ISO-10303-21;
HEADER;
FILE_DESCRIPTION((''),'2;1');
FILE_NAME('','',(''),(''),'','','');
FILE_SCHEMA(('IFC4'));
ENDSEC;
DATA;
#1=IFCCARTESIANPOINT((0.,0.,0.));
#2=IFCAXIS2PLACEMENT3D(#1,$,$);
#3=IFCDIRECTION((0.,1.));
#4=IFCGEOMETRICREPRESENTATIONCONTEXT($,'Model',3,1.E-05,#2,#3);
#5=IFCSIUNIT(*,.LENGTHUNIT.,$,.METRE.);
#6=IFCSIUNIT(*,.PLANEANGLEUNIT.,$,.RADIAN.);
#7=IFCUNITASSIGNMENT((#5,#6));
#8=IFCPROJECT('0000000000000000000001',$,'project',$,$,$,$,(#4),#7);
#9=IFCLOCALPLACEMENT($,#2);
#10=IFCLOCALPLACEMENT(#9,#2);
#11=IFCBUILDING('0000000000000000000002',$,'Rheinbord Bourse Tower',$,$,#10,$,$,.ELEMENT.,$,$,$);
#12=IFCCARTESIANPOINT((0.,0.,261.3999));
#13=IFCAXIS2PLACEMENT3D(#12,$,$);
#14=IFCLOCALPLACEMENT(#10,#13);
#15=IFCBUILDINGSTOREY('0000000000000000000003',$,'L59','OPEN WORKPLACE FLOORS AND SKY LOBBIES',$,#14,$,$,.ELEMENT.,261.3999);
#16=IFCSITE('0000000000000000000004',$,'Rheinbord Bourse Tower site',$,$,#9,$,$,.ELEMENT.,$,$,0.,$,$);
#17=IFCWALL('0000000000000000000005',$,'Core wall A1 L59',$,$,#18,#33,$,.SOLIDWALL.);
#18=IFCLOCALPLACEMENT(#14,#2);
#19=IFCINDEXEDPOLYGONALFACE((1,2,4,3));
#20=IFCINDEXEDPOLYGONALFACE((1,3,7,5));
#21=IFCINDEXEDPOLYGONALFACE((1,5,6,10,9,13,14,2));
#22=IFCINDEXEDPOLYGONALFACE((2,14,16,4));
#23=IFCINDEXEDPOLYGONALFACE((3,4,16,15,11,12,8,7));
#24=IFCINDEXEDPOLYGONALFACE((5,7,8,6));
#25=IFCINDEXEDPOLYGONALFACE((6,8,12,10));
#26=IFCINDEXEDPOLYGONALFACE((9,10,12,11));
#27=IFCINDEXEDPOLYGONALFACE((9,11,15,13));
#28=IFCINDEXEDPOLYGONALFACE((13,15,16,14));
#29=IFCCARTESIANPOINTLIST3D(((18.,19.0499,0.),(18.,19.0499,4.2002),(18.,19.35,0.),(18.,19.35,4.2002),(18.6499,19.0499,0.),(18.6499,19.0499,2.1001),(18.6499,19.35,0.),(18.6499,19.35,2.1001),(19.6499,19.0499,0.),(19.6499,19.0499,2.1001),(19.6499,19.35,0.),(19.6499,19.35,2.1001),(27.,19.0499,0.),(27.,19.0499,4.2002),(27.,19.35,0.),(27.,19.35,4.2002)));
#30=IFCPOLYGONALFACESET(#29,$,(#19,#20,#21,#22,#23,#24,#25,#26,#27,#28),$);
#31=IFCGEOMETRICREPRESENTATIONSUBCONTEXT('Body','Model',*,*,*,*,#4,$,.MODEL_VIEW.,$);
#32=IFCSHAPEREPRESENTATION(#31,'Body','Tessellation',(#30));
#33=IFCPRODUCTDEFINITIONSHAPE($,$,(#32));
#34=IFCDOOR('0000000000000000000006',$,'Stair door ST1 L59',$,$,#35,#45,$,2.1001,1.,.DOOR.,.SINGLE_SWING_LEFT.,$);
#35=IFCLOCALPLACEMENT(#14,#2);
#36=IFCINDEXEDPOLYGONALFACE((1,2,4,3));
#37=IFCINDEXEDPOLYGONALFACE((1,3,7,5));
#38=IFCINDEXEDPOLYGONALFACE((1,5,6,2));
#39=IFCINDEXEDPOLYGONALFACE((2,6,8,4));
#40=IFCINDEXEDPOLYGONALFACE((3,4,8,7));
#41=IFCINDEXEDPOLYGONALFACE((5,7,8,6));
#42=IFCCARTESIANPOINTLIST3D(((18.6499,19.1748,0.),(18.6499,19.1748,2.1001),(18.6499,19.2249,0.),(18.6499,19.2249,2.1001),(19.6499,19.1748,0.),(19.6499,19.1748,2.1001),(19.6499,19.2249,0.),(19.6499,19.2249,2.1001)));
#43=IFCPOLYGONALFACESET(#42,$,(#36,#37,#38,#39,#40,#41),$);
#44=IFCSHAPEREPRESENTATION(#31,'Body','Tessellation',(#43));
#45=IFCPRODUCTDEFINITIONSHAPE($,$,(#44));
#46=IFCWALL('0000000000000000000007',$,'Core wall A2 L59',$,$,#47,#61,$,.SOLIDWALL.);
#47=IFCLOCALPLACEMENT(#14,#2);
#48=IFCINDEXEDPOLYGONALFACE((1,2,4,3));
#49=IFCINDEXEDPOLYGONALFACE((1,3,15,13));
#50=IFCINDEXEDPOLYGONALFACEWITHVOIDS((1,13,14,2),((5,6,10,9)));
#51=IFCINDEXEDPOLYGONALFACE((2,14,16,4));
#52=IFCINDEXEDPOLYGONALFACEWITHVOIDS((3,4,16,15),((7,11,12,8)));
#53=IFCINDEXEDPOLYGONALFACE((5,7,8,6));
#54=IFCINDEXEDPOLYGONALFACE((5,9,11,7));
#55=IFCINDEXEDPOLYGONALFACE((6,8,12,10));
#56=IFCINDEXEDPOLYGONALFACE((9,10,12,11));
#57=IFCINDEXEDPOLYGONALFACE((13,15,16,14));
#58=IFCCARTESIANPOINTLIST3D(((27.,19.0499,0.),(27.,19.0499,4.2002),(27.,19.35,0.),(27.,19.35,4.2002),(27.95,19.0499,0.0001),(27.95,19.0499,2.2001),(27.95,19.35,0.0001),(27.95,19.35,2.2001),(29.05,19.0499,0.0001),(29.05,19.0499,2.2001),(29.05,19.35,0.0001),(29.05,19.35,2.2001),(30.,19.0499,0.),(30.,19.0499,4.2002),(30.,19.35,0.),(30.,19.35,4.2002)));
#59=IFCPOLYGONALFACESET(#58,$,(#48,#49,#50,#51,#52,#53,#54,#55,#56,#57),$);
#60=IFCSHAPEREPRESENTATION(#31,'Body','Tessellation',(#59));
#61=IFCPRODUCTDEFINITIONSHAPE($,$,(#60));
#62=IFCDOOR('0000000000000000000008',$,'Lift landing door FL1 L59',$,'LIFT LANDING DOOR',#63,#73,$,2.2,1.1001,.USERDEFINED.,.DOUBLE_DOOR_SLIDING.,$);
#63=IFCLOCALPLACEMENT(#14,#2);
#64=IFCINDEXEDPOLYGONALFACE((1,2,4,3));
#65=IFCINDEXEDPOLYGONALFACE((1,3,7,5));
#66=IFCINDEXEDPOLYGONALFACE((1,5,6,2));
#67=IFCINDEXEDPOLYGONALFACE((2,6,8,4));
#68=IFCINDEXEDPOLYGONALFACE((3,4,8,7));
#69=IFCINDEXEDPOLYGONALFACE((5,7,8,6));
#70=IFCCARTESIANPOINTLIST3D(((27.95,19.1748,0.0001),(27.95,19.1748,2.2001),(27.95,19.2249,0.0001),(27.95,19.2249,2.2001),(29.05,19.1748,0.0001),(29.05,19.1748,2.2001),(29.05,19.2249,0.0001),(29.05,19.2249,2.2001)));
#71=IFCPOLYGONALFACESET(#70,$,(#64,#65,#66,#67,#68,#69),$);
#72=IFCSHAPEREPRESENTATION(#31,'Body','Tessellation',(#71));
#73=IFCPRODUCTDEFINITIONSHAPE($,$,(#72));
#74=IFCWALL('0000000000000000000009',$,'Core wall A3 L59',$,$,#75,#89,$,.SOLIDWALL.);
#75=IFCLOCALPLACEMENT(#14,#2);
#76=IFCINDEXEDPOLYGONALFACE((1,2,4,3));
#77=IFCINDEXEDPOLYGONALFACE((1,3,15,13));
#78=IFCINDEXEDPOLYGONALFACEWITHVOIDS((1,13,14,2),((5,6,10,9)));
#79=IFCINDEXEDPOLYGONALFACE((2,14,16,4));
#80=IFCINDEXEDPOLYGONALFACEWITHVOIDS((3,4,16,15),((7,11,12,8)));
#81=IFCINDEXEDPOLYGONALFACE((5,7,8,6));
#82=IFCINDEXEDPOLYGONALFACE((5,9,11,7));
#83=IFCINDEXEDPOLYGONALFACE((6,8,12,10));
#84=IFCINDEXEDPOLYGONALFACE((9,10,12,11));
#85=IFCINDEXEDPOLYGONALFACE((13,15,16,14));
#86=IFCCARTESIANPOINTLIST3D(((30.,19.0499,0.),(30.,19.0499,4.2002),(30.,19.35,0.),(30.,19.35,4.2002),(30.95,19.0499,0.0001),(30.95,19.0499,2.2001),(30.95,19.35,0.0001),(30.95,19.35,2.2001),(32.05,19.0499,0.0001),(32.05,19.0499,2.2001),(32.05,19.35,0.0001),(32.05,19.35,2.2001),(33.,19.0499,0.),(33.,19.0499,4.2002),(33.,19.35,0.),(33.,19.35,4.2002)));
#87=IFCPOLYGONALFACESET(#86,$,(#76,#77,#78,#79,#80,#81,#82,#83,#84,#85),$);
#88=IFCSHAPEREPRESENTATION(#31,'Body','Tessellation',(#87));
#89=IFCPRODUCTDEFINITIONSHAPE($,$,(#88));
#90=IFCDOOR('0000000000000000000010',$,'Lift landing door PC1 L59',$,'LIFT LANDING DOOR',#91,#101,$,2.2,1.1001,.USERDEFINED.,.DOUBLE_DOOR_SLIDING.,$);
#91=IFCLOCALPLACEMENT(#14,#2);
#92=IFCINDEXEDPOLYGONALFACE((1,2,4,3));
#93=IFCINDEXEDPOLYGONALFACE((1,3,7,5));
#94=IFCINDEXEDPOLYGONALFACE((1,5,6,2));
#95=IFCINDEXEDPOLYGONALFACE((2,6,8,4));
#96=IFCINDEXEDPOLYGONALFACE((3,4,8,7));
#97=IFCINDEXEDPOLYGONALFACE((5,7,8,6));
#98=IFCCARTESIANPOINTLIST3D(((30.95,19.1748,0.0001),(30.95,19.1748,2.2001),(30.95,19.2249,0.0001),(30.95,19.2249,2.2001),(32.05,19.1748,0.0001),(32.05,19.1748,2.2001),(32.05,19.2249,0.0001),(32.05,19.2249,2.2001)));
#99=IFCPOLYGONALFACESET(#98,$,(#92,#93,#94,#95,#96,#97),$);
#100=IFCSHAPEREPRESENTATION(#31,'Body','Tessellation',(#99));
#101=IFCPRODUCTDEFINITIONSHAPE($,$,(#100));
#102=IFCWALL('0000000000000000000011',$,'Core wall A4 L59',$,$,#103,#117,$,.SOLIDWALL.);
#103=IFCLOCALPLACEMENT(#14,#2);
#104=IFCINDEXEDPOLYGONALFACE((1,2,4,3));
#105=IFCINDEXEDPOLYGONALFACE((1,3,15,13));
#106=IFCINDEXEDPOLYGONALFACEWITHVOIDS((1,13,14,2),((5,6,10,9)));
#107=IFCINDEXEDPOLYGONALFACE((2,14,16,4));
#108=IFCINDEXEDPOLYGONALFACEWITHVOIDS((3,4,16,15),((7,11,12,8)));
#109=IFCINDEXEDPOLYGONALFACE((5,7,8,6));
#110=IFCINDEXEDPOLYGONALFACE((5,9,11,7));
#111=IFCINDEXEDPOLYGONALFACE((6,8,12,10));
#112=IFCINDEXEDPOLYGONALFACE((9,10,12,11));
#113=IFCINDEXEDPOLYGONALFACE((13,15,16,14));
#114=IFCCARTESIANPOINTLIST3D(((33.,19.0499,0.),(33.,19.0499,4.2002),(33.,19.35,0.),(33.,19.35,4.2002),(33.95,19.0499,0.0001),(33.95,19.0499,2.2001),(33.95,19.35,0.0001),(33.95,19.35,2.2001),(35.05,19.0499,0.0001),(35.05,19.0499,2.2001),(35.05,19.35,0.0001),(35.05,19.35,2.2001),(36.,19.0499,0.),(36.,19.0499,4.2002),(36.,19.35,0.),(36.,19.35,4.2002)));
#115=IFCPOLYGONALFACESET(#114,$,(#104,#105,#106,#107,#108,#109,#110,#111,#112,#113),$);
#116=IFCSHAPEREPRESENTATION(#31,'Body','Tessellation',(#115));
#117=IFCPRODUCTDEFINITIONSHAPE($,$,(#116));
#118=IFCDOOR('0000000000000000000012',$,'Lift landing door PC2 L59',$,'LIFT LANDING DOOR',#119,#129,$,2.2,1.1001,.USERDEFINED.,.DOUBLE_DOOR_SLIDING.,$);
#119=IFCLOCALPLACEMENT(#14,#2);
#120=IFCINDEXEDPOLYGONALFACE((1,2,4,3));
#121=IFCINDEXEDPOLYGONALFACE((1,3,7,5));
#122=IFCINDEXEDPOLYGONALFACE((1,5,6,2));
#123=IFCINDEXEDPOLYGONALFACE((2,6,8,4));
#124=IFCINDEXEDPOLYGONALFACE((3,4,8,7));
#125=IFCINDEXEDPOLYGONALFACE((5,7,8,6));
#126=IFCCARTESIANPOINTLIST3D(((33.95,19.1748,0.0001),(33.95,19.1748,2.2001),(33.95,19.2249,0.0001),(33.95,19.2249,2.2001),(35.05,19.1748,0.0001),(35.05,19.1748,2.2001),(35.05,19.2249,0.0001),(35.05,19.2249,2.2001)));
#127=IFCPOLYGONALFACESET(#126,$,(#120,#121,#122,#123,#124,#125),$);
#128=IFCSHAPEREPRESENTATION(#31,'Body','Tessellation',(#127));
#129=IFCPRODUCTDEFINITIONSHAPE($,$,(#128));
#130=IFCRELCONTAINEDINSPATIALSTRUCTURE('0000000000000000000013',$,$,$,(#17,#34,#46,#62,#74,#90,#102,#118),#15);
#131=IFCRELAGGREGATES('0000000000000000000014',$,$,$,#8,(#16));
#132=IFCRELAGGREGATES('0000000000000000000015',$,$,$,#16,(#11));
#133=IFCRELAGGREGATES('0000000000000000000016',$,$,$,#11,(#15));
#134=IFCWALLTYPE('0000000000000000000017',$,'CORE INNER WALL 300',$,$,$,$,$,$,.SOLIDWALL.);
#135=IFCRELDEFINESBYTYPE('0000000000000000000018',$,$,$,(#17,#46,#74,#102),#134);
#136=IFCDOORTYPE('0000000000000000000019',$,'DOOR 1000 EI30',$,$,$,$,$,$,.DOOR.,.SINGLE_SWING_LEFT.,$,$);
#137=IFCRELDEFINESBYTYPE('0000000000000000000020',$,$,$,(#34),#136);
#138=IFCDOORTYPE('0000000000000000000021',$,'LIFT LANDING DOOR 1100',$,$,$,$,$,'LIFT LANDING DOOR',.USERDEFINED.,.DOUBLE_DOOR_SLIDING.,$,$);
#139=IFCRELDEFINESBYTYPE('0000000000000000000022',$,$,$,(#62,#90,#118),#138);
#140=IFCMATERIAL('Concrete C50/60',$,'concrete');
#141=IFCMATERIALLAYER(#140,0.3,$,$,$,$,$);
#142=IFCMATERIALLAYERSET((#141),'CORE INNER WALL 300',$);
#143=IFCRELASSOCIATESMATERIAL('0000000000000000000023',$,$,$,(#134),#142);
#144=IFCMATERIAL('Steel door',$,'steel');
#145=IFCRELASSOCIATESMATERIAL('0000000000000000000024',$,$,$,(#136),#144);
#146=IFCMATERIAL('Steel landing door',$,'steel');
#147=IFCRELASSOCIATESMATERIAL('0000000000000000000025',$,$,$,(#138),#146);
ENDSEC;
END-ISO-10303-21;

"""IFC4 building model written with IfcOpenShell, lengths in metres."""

from ifc_helpers import new_model, si_unit, direction, frame, frame_2d, origin, place, context, subcontext, project, spatial, rectangle, extrude, material, layer, layer_set, type_object, element, fill, save


model = new_model("IFC4")

# Units and contexts
model_context = context("Model", 3, precision=1e-05, world=origin(), true_north=direction((0.0, 1.0)))
body_context = subcontext(model_context, "Body", "Model", "MODEL_VIEW")
ifc_project = project(units=[si_unit("LENGTHUNIT", "METRE"), si_unit("PLANEANGLEUNIT", "RADIAN")], contexts=[model_context])

# Site, building, storey
site_placement = place(None, origin())
site = spatial("IfcSite", under=ifc_project, at=site_placement, Name="Rheinbord Bourse Tower site", CompositionType="ELEMENT", RefElevation=0.0)
building_placement = place(site_placement, origin())
building = spatial("IfcBuilding", under=site, at=building_placement, Name="Rheinbord Bourse Tower", CompositionType="ELEMENT")
storey_placement = place(building_placement, frame((0.0, 0.0, 261.3999)))
storey = spatial("IfcBuildingStorey", under=building, at=storey_placement, Name="L59", Description="OPEN WORKPLACE FLOORS AND SKY LOBBIES", CompositionType="ELEMENT", Elevation=261.3999)

# Walls, openings, doors
ifc_material_1 = material(Name="Concrete C50/60", Category="concrete")
ifc_layer_1 = layer(ifc_material_1, 0.3)
ifc_layer_set_1 = layer_set([ifc_layer_1], Name="CORE INNER WALL 300")
wall_type_1 = type_object("IfcWallType", Name="CORE INNER WALL 300", PredefinedType="SOLIDWALL", material=ifc_layer_set_1)
wall_1_placement = place(storey_placement, frame((18.0, 19.2, 0.0), z_axis=(0.0, 0.0, 1.0), x_axis=(1.0, 0.0, 0.0)))
wall_1 = element("IfcWall", 1, at=wall_1_placement, inside=storey, type_object=wall_type_1, Name="Core wall A1 L59", PredefinedType="SOLIDWALL", context=body_context, shape_type="SweptSolid", body=[
    extrude(rectangle(XDim=9.0, YDim=0.3, at=frame_2d((4.5, 0.0))), origin(), (0.0, 0.0, 1.0), 4.2002),
])
opening_1_placement = place(wall_1_placement, frame((0.6499, 0.0, 0.0)))
opening_1 = element("IfcOpeningElement", 2, at=opening_1_placement, cuts=wall_1, PredefinedType="OPENING", context=body_context, shape_type="SweptSolid", body=[
    extrude(rectangle(XDim=1.0, YDim=2.1001, at=frame_2d((0.5, 1.05))), frame((0.0, 0.1599, 0.0), z_axis=(0.0, -1.0, 0.0), x_axis=(1.0, 0.0, 0.0)), (0.0, 0.0, 1.0), 0.3201),
])
ifc_material_2 = material(Name="Steel door", Category="steel")
door_type_1 = type_object("IfcDoorType", Name="DOOR 1000 EI30", OperationType="SINGLE_SWING_LEFT", PredefinedType="DOOR", material=ifc_material_2)
door_1_placement = place(opening_1_placement, origin())
door_1 = element("IfcDoor", 3, at=door_1_placement, inside=storey, type_object=door_type_1, Name="Stair door ST1 L59", OperationType="SINGLE_SWING_LEFT", OverallHeight=2.1001, OverallWidth=1.0, PredefinedType="DOOR", context=body_context, shape_type="SweptSolid", body=[
    extrude(rectangle(XDim=1.0, YDim=2.1001, at=frame_2d((0.5, 1.05))), frame((0.0, 0.0249, 0.0), z_axis=(0.0, -1.0, 0.0), x_axis=(1.0, 0.0, 0.0)), (0.0, 0.0, 1.0), 0.05),
])
fill(opening_1, door_1)
wall_2_placement = place(storey_placement, frame((27.0, 19.2, 0.0), z_axis=(0.0, 0.0, 1.0), x_axis=(1.0, 0.0, 0.0)))
wall_2 = element("IfcWall", 4, at=wall_2_placement, inside=storey, type_object=wall_type_1, Name="Core wall A2 L59", PredefinedType="SOLIDWALL", context=body_context, shape_type="SweptSolid", body=[
    extrude(rectangle(XDim=3.0, YDim=0.3, at=frame_2d((1.5, 0.0))), origin(), (0.0, 0.0, 1.0), 4.2002),
])
opening_2_placement = place(wall_2_placement, frame((0.95, 0.0, 0.0)))
opening_2 = element("IfcOpeningElement", 5, at=opening_2_placement, cuts=wall_2, PredefinedType="OPENING", context=body_context, shape_type="SweptSolid", body=[
    extrude(rectangle(XDim=1.1001, YDim=2.2, at=frame_2d((0.55, 1.1001))), frame((0.0, 0.1599, 0.0), z_axis=(0.0, -1.0, 0.0), x_axis=(1.0, 0.0, 0.0)), (0.0, 0.0, 1.0), 0.3201),
])
ifc_material_3 = material(Name="Steel landing door", Category="steel")
door_type_2 = type_object("IfcDoorType", Name="LIFT LANDING DOOR 1100", ElementType="LIFT LANDING DOOR", OperationType="DOUBLE_DOOR_SLIDING", PredefinedType="USERDEFINED", material=ifc_material_3)
door_2_placement = place(opening_2_placement, origin())
door_2 = element("IfcDoor", 6, at=door_2_placement, inside=storey, type_object=door_type_2, Name="Lift landing door FL1 L59", ObjectType="LIFT LANDING DOOR", OperationType="DOUBLE_DOOR_SLIDING", OverallHeight=2.2, OverallWidth=1.1001, PredefinedType="USERDEFINED", context=body_context, shape_type="SweptSolid", body=[
    extrude(rectangle(XDim=1.1001, YDim=2.2, at=frame_2d((0.55, 1.1001))), frame((0.0, 0.0249, 0.0), z_axis=(0.0, -1.0, 0.0), x_axis=(1.0, 0.0, 0.0)), (0.0, 0.0, 1.0), 0.05),
])
fill(opening_2, door_2)
wall_3_placement = place(storey_placement, frame((30.0, 19.2, 0.0), z_axis=(0.0, 0.0, 1.0), x_axis=(1.0, 0.0, 0.0)))
wall_3 = element("IfcWall", 7, at=wall_3_placement, inside=storey, type_object=wall_type_1, Name="Core wall A3 L59", PredefinedType="SOLIDWALL", context=body_context, shape_type="SweptSolid", body=[
    extrude(rectangle(XDim=3.0, YDim=0.3, at=frame_2d((1.5, 0.0))), origin(), (0.0, 0.0, 1.0), 4.2002),
])
opening_3_placement = place(wall_3_placement, frame((0.95, 0.0, 0.0)))
opening_3 = element("IfcOpeningElement", 8, at=opening_3_placement, cuts=wall_3, PredefinedType="OPENING", context=body_context, shape_type="SweptSolid", body=[
    extrude(rectangle(XDim=1.1001, YDim=2.2, at=frame_2d((0.55, 1.1001))), frame((0.0, 0.1599, 0.0), z_axis=(0.0, -1.0, 0.0), x_axis=(1.0, 0.0, 0.0)), (0.0, 0.0, 1.0), 0.3201),
])
door_3_placement = place(opening_3_placement, origin())
door_3 = element("IfcDoor", 9, at=door_3_placement, inside=storey, type_object=door_type_2, Name="Lift landing door PC1 L59", ObjectType="LIFT LANDING DOOR", OperationType="DOUBLE_DOOR_SLIDING", OverallHeight=2.2, OverallWidth=1.1001, PredefinedType="USERDEFINED", context=body_context, shape_type="SweptSolid", body=[
    extrude(rectangle(XDim=1.1001, YDim=2.2, at=frame_2d((0.55, 1.1001))), frame((0.0, 0.0249, 0.0), z_axis=(0.0, -1.0, 0.0), x_axis=(1.0, 0.0, 0.0)), (0.0, 0.0, 1.0), 0.05),
])
fill(opening_3, door_3)
wall_4_placement = place(storey_placement, frame((33.0, 19.2, 0.0), z_axis=(0.0, 0.0, 1.0), x_axis=(1.0, 0.0, 0.0)))
wall_4 = element("IfcWall", 10, at=wall_4_placement, inside=storey, type_object=wall_type_1, Name="Core wall A4 L59", PredefinedType="SOLIDWALL", context=body_context, shape_type="SweptSolid", body=[
    extrude(rectangle(XDim=3.0, YDim=0.3, at=frame_2d((1.5, 0.0))), origin(), (0.0, 0.0, 1.0), 4.2002),
])
opening_4_placement = place(wall_4_placement, frame((0.95, 0.0, 0.0)))
opening_4 = element("IfcOpeningElement", 11, at=opening_4_placement, cuts=wall_4, PredefinedType="OPENING", context=body_context, shape_type="SweptSolid", body=[
    extrude(rectangle(XDim=1.1001, YDim=2.2, at=frame_2d((0.55, 1.1001))), frame((0.0, 0.1599, 0.0), z_axis=(0.0, -1.0, 0.0), x_axis=(1.0, 0.0, 0.0)), (0.0, 0.0, 1.0), 0.3201),
])
door_4_placement = place(opening_4_placement, origin())
door_4 = element("IfcDoor", 12, at=door_4_placement, inside=storey, type_object=door_type_2, Name="Lift landing door PC2 L59", ObjectType="LIFT LANDING DOOR", OperationType="DOUBLE_DOOR_SLIDING", OverallHeight=2.2, OverallWidth=1.1001, PredefinedType="USERDEFINED", context=body_context, shape_type="SweptSolid", body=[
    extrude(rectangle(XDim=1.1001, YDim=2.2, at=frame_2d((0.55, 1.1001))), frame((0.0, 0.0249, 0.0), z_axis=(0.0, -1.0, 0.0), x_axis=(1.0, 0.0, 0.0)), (0.0, 0.0, 1.0), 0.05),
])
fill(opening_4, door_4)

save(model, "model.ifc")
